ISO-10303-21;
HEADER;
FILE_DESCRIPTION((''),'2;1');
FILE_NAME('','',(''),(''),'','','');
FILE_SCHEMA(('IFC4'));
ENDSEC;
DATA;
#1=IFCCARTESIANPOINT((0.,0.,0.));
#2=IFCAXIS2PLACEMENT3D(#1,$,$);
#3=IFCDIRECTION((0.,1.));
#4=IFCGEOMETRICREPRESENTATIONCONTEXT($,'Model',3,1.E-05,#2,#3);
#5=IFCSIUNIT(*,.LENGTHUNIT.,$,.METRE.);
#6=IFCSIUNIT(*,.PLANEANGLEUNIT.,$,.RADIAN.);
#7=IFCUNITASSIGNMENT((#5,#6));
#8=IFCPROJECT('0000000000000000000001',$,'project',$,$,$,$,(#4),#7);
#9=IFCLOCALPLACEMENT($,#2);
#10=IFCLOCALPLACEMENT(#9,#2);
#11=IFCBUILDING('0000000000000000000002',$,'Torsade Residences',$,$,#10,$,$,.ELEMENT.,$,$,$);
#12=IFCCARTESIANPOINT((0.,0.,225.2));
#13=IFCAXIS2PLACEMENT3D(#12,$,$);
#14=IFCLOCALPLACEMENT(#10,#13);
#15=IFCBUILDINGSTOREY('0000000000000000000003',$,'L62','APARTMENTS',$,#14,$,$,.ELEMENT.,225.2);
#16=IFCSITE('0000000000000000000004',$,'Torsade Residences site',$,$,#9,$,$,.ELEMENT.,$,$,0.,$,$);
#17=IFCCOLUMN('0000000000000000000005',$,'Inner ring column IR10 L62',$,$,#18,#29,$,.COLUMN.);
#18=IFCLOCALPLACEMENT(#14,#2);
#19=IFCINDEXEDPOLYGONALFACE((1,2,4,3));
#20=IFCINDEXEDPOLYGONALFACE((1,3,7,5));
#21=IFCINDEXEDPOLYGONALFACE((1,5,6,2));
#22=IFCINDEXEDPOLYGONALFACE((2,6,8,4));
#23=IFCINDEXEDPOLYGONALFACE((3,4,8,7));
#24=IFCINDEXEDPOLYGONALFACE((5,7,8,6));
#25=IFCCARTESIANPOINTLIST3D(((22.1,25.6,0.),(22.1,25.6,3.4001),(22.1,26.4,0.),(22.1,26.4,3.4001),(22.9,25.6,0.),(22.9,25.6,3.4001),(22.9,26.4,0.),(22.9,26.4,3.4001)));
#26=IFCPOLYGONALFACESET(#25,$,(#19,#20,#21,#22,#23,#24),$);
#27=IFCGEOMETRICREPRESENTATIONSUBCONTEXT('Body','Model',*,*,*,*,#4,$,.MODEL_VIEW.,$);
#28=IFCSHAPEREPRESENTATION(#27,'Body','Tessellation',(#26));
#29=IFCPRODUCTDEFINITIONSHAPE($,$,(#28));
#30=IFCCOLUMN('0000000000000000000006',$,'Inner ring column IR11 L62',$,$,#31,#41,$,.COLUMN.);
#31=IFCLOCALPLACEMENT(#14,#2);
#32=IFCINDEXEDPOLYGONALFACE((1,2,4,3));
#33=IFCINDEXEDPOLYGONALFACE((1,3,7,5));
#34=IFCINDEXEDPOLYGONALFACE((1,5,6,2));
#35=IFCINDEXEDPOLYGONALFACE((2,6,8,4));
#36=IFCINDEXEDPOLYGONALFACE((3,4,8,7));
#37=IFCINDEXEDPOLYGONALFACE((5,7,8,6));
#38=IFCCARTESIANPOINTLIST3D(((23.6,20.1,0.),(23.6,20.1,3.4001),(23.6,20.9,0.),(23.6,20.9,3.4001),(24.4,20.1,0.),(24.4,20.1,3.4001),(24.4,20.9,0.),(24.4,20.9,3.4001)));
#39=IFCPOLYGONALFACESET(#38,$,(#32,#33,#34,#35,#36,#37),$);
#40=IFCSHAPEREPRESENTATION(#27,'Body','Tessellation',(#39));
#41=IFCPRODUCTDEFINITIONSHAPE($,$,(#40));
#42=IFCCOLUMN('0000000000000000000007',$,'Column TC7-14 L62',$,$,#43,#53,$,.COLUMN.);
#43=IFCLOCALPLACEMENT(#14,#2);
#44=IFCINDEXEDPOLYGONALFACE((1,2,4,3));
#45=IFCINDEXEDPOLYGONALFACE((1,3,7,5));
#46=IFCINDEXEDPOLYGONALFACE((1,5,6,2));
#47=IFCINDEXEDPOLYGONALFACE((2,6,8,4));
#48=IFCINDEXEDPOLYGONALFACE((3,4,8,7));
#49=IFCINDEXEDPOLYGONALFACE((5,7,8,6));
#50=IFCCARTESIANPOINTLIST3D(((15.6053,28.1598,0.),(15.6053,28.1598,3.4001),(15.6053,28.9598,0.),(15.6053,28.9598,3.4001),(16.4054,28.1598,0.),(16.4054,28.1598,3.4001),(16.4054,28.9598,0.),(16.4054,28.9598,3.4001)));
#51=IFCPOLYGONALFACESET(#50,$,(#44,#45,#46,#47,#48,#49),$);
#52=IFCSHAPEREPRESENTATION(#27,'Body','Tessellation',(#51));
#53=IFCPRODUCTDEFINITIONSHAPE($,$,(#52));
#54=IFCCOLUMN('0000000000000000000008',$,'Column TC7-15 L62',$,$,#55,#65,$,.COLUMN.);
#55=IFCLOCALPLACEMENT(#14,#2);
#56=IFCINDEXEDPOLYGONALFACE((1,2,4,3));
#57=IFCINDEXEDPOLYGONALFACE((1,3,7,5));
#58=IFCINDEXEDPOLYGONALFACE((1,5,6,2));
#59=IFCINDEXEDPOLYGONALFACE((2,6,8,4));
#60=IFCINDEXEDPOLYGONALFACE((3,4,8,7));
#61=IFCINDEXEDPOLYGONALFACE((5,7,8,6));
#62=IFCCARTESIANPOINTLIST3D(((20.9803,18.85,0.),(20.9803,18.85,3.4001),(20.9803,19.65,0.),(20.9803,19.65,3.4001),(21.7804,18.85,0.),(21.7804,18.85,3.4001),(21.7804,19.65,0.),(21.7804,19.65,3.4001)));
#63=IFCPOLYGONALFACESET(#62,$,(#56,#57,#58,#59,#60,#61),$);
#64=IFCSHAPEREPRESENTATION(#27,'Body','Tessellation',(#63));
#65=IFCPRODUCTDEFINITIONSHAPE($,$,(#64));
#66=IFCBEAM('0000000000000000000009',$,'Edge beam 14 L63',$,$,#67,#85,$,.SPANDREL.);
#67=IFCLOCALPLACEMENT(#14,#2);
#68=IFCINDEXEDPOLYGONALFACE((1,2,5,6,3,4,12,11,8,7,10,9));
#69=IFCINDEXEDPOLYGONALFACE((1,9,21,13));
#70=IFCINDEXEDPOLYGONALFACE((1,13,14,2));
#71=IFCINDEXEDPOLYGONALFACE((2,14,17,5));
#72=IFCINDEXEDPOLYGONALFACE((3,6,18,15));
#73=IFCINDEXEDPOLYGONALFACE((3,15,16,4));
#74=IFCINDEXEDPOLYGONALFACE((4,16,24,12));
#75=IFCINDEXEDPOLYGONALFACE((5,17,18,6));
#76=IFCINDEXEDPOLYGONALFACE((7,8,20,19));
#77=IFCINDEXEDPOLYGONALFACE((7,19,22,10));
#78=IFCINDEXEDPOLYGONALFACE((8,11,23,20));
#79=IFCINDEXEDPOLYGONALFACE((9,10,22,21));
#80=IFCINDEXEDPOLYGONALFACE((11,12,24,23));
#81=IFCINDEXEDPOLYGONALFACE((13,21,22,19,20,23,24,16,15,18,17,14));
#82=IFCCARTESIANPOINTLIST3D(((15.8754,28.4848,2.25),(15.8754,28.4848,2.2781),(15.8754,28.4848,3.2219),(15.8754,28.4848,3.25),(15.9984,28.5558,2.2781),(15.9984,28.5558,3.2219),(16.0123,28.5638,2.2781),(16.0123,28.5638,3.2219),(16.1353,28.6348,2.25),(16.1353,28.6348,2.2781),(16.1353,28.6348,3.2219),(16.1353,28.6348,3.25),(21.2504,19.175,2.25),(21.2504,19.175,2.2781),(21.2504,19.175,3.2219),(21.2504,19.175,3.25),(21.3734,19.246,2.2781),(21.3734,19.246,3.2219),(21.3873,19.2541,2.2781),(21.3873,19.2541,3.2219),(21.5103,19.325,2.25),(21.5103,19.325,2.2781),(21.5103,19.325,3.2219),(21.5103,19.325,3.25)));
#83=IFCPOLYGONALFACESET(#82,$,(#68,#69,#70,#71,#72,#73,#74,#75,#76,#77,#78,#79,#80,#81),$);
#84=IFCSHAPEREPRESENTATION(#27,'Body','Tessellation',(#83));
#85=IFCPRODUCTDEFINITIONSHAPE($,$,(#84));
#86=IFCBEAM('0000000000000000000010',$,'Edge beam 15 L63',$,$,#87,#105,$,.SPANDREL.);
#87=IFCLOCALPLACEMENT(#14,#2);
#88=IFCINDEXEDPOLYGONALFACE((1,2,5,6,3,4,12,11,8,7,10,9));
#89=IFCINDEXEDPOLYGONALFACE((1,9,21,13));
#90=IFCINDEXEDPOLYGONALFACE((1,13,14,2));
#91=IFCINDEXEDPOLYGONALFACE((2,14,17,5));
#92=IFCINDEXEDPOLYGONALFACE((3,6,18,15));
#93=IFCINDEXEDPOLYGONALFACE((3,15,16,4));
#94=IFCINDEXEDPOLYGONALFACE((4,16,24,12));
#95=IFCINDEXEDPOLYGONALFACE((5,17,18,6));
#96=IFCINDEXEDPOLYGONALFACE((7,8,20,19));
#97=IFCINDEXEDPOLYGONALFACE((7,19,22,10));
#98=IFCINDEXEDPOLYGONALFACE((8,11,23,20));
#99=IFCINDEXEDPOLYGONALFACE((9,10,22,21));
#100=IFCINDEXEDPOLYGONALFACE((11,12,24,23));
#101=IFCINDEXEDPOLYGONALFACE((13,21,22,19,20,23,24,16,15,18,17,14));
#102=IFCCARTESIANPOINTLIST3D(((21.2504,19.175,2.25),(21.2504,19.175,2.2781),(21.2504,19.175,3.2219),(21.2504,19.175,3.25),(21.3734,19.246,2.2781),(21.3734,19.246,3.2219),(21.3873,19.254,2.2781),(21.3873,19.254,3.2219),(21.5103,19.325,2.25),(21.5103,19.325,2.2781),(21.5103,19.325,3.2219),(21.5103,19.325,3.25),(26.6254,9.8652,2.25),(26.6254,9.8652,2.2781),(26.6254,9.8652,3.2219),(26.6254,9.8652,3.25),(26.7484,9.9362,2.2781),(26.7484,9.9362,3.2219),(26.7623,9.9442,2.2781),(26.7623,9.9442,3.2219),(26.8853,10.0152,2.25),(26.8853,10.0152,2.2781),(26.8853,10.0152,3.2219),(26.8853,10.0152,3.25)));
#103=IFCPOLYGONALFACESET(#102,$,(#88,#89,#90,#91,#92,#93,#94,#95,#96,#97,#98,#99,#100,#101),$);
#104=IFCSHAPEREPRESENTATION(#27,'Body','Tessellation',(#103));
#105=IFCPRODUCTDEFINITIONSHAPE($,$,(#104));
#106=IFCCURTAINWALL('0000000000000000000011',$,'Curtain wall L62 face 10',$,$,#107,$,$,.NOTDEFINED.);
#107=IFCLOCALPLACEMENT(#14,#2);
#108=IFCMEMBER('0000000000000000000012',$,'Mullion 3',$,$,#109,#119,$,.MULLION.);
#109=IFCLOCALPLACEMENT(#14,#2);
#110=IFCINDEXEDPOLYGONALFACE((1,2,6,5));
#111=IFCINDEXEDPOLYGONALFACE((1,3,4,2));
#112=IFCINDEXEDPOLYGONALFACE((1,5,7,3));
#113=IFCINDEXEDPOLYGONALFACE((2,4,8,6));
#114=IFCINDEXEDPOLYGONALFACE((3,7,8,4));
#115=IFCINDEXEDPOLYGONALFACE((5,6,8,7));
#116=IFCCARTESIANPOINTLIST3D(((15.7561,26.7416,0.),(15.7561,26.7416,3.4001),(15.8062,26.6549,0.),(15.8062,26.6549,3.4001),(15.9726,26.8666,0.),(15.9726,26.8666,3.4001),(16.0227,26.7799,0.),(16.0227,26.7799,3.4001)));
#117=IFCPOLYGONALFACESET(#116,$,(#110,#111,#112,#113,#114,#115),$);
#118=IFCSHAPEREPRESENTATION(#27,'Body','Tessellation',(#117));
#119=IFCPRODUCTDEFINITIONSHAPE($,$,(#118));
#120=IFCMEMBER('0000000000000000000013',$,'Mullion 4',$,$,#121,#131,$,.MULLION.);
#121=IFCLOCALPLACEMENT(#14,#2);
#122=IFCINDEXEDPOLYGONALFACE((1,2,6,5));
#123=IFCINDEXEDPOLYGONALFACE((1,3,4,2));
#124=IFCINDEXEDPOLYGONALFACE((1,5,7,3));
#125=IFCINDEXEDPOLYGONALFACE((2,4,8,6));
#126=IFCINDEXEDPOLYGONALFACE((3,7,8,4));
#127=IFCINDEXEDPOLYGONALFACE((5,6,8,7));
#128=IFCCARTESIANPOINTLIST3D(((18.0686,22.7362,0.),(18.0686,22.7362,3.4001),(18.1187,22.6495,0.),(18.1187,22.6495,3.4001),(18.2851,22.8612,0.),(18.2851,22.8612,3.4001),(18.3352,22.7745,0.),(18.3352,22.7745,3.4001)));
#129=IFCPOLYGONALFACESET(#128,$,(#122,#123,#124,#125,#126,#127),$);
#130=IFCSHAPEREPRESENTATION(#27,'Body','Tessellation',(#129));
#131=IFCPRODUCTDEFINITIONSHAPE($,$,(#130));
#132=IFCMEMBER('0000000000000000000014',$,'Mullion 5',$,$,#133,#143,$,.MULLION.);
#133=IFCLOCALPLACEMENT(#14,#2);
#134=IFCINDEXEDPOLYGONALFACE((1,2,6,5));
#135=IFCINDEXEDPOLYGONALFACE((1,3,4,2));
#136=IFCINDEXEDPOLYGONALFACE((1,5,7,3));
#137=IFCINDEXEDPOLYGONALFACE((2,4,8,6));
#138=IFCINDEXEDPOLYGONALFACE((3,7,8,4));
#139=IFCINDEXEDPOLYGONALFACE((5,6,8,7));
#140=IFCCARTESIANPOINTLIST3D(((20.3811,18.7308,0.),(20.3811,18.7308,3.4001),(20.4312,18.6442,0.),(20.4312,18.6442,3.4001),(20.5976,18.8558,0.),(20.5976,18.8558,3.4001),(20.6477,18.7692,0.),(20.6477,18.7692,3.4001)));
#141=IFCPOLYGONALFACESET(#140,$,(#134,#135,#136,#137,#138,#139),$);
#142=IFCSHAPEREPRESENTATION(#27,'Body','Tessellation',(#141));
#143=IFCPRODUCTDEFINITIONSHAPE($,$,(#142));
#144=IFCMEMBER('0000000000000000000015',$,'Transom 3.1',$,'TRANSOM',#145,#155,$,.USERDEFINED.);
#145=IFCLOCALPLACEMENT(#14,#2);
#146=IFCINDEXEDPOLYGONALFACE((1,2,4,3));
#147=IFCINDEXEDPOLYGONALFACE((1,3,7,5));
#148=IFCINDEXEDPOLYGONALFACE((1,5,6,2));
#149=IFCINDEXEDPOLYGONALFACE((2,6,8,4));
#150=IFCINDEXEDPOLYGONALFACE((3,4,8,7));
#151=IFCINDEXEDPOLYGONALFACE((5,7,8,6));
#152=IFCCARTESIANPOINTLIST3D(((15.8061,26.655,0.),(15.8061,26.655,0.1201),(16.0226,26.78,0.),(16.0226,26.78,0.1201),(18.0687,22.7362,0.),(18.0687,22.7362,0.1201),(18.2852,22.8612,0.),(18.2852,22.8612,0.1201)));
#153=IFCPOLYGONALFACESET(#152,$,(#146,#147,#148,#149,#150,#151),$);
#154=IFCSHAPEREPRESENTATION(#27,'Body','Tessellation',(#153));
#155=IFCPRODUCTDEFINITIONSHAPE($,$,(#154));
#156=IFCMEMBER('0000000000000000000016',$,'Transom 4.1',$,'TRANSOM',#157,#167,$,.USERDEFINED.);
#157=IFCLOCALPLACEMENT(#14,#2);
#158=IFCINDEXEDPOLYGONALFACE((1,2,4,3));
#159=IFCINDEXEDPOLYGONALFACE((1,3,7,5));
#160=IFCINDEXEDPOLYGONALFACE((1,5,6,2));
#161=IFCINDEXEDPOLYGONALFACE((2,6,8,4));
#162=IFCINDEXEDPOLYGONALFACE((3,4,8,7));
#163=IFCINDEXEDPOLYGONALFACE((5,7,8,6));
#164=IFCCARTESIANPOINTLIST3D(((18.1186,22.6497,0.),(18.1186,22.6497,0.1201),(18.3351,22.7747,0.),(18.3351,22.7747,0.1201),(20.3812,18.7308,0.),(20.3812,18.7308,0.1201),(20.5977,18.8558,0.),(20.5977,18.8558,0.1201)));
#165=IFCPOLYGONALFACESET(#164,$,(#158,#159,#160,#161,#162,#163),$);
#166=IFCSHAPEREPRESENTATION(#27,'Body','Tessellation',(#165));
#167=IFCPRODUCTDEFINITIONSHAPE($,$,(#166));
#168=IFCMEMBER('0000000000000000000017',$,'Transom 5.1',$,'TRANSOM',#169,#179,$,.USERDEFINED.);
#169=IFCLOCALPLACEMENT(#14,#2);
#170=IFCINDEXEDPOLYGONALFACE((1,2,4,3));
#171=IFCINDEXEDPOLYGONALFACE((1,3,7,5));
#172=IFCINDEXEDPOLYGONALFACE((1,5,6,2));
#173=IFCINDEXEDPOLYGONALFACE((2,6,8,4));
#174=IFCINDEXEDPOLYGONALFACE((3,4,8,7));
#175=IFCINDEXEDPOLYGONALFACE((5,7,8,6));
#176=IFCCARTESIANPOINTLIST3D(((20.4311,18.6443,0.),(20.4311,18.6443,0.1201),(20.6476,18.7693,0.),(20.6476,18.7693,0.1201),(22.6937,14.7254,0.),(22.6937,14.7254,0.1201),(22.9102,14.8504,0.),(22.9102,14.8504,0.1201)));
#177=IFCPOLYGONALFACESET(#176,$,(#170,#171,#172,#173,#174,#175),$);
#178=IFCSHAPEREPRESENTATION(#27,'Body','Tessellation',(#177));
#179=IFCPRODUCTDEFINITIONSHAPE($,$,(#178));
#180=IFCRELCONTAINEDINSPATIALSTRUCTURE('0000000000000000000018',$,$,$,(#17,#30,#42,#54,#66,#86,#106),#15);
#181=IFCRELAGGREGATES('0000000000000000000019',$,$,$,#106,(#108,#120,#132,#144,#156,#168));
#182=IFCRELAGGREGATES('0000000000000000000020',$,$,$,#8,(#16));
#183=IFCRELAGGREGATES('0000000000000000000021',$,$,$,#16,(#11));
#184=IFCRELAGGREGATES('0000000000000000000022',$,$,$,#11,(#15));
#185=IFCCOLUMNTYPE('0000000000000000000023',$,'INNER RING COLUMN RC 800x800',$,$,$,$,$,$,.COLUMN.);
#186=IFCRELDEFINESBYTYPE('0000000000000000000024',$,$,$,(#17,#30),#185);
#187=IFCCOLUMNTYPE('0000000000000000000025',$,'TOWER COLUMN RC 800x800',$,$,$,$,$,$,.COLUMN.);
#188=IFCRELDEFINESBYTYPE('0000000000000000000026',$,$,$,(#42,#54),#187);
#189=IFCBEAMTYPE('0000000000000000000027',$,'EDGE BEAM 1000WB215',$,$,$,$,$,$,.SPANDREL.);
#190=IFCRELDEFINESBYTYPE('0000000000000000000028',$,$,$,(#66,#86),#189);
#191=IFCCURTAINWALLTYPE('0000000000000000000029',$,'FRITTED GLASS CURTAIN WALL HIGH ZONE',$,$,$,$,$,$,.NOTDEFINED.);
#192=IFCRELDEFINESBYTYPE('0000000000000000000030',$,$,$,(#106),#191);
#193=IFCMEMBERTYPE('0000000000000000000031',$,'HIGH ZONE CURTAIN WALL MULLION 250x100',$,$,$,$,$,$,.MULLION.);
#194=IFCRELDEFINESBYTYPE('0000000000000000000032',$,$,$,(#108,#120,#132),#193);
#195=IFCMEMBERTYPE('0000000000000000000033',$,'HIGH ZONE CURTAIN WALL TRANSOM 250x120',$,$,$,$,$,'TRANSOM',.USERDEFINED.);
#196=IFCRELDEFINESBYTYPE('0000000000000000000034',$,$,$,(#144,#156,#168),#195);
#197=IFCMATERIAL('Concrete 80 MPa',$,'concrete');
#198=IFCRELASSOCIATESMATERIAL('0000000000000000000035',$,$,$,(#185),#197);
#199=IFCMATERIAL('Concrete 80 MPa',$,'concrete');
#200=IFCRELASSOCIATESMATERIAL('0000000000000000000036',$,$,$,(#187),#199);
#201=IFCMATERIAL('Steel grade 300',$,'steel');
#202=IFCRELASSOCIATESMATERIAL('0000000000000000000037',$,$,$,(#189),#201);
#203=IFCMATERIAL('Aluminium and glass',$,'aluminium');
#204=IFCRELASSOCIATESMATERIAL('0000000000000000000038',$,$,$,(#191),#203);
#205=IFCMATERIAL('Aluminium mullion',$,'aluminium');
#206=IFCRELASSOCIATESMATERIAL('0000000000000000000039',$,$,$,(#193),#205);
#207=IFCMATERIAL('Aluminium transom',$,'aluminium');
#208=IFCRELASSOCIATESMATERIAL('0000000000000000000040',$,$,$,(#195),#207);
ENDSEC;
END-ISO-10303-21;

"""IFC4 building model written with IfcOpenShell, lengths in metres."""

from ifc_helpers import new_model, si_unit, direction, frame, origin, origin_2d, place, context, subcontext, project, spatial, rectangle, i_section, extrude, material, material_profile, profile_set, type_object, element, aggregate, save


model = new_model("IFC4")

# Units and contexts
model_context = context("Model", 3, precision=1e-05, world=origin(), true_north=direction((0.0, 1.0)))
body_context = subcontext(model_context, "Body", "Model", "MODEL_VIEW")
ifc_project = project(units=[si_unit("LENGTHUNIT", "METRE"), si_unit("PLANEANGLEUNIT", "RADIAN")], contexts=[model_context])

# Site, building, storey
site_placement = place(None, origin())
site = spatial("IfcSite", under=ifc_project, at=site_placement, Name="Torsade Residences site", CompositionType="ELEMENT", RefElevation=0.0)
building_placement = place(site_placement, origin())
building = spatial("IfcBuilding", under=site, at=building_placement, Name="Torsade Residences", CompositionType="ELEMENT")
storey_placement = place(building_placement, frame((0.0, 0.0, 225.2)))
storey = spatial("IfcBuildingStorey", under=building, at=storey_placement, Name="L62", Description="APARTMENTS", CompositionType="ELEMENT", Elevation=225.2)

# Columns
ifc_material_1 = material(Name="Concrete 80 MPa", Category="concrete")
ifc_material_profile_1 = material_profile(ifc_material_1, rectangle(XDim=0.8, YDim=0.8, at=origin_2d()), Name="RC 800x800")
ifc_profile_set_1 = profile_set([ifc_material_profile_1], Name="Concrete 80 MPa")
column_type_1 = type_object("IfcColumnType", Name="INNER RING COLUMN RC 800x800", PredefinedType="COLUMN", material=ifc_profile_set_1)
for number, where, z_axis, x_axis, name in (
    (1, (22.5, 26.0, 0.0), (0.0, 0.0, 1.0), (1.0, 0.0, 0.0), "Inner ring column IR10 L62"),
    (2, (24.0, 20.5, 0.0), (0.0, 0.0, 1.0), (1.0, 0.0, 0.0), "Inner ring column IR11 L62"),
):
    element("IfcColumn", number, at=place(storey_placement, frame(where, z_axis=z_axis, x_axis=x_axis)), inside=storey, type_object=column_type_1, Name=name, PredefinedType="COLUMN", context=body_context, shape_type="SweptSolid", body=[
        extrude(rectangle(XDim=0.8, YDim=0.8, at=origin_2d()), origin(), (0.0, 0.0, 1.0), 3.4001),
    ])
ifc_material_2 = material(Name="Concrete 80 MPa", Category="concrete")
ifc_material_profile_2 = material_profile(ifc_material_2, rectangle(XDim=0.8, YDim=0.8, at=origin_2d()), Name="RC 800x800")
ifc_profile_set_2 = profile_set([ifc_material_profile_2], Name="Concrete 80 MPa")
column_type_2 = type_object("IfcColumnType", Name="TOWER COLUMN RC 800x800", PredefinedType="COLUMN", material=ifc_profile_set_2)
for number, where, z_axis, x_axis, name in (
    (3, (16.0054, 28.5598, 0.0), (0.0, 0.0, 1.0), (1.0, 0.0, 0.0), "Column TC7-14 L62"),
    (4, (21.3804, 19.25, 0.0), (0.0, 0.0, 1.0), (1.0, 0.0, 0.0), "Column TC7-15 L62"),
):
    element("IfcColumn", number, at=place(storey_placement, frame(where, z_axis=z_axis, x_axis=x_axis)), inside=storey, type_object=column_type_2, Name=name, PredefinedType="COLUMN", context=body_context, shape_type="SweptSolid", body=[
        extrude(rectangle(XDim=0.8, YDim=0.8, at=origin_2d()), origin(), (0.0, 0.0, 1.0), 3.4001),
    ])

# Beams
ifc_material_3 = material(Name="Steel grade 300", Category="steel")
ifc_material_profile_3 = material_profile(ifc_material_3, i_section(OverallWidth=0.3, OverallDepth=1.0, WebThickness=0.0161, FlangeThickness=0.0281, at=origin_2d()), Name="1000WB215")
ifc_profile_set_3 = profile_set([ifc_material_profile_3], Name="Steel grade 300")
beam_type_1 = type_object("IfcBeamType", Name="EDGE BEAM 1000WB215", PredefinedType="SPANDREL", material=ifc_profile_set_3)
for number, where, z_axis, x_axis, name in (
    (5, (16.0054, 28.5598, 2.75), (0.499998, -0.866026, 0.0), (0.866026, 0.499998, 0.0), "Edge beam 14 L63"),
    (6, (21.3804, 19.25, 2.75), (0.499998, -0.866026, 0.0), (0.866026, 0.499998, 0.0), "Edge beam 15 L63"),
):
    element("IfcBeam", number, at=place(storey_placement, frame(where, z_axis=z_axis, x_axis=x_axis)), inside=storey, type_object=beam_type_1, Name=name, PredefinedType="SPANDREL", context=body_context, shape_type="SweptSolid", body=[
        extrude(i_section(OverallWidth=0.3, OverallDepth=1.0, WebThickness=0.0161, FlangeThickness=0.0281, at=origin_2d()), origin(), (0.0, 0.0, 1.0), 10.75),
    ])

# Curtain wall, members
ifc_material_4 = material(Name="Aluminium and glass", Category="aluminium")
curtain_wall_type = type_object("IfcCurtainWallType", Name="FRITTED GLASS CURTAIN WALL HIGH ZONE", PredefinedType="NOTDEFINED", material=ifc_material_4)
curtain_wall_placement = place(storey_placement, origin())
curtain_wall = element("IfcCurtainWall", 7, at=curtain_wall_placement, inside=storey, type_object=curtain_wall_type, Name="Curtain wall L62 face 10", PredefinedType="NOTDEFINED")
ifc_material_5 = material(Name="Aluminium mullion", Category="aluminium")
ifc_material_profile_4 = material_profile(ifc_material_5, rectangle(XDim=0.25, YDim=0.1001, at=origin_2d()), Name="HIGH ZONE CURTAIN WALL MULLION 250x100")
ifc_profile_set_4 = profile_set([ifc_material_profile_4], Name="Aluminium mullion")
member_type_1 = type_object("IfcMemberType", Name="HIGH ZONE CURTAIN WALL MULLION 250x100", PredefinedType="MULLION", material=ifc_profile_set_4)
member_1_placement = place(storey_placement, frame((15.8894, 26.7607, 0.0), z_axis=(0.0, 0.0, 1.0), x_axis=(0.866025, 0.5, 0.0)))
member_1 = element("IfcMember", 8, at=member_1_placement, type_object=member_type_1, Name="Mullion 3", PredefinedType="MULLION", context=body_context, shape_type="SweptSolid", body=[
    extrude(rectangle(XDim=0.25, YDim=0.1001, at=origin_2d()), origin(), (0.0, 0.0, 1.0), 3.4001),
])
member_2_placement = place(storey_placement, frame((18.2019, 22.7554, 0.0), z_axis=(0.0, 0.0, 1.0), x_axis=(0.866025, 0.5, 0.0)))
member_2 = element("IfcMember", 9, at=member_2_placement, type_object=member_type_1, Name="Mullion 4", PredefinedType="MULLION", context=body_context, shape_type="SweptSolid", body=[
    extrude(rectangle(XDim=0.25, YDim=0.1001, at=origin_2d()), origin(), (0.0, 0.0, 1.0), 3.4001),
])
member_3_placement = place(storey_placement, frame((20.5144, 18.75, 0.0), z_axis=(0.0, 0.0, 1.0), x_axis=(0.866025, 0.5, 0.0)))
member_3 = element("IfcMember", 10, at=member_3_placement, type_object=member_type_1, Name="Mullion 5", PredefinedType="MULLION", context=body_context, shape_type="SweptSolid", body=[
    extrude(rectangle(XDim=0.25, YDim=0.1001, at=origin_2d()), origin(), (0.0, 0.0, 1.0), 3.4001),
])
ifc_material_6 = material(Name="Aluminium transom", Category="aluminium")
ifc_material_profile_5 = material_profile(ifc_material_6, rectangle(XDim=0.25, YDim=0.1201, at=origin_2d()), Name="HIGH ZONE CURTAIN WALL TRANSOM 250x120")
ifc_profile_set_5 = profile_set([ifc_material_profile_5], Name="Aluminium transom")
member_type_2 = type_object("IfcMemberType", Name="HIGH ZONE CURTAIN WALL TRANSOM 250x120", ElementType="TRANSOM", PredefinedType="USERDEFINED", material=ifc_profile_set_5)
member_4_placement = place(storey_placement, frame((15.9143, 26.7175, 0.0601), z_axis=(0.500015, -0.866017, 0.0), x_axis=(0.866017, 0.500015, 0.0)))
member_4 = element("IfcMember", 11, at=member_4_placement, type_object=member_type_2, Name="Transom 3.1", ObjectType="TRANSOM", PredefinedType="USERDEFINED", context=body_context, shape_type="SweptSolid", body=[
    extrude(rectangle(XDim=0.25, YDim=0.1201, at=origin_2d()), origin(), (0.0, 0.0, 1.0), 4.5251),
])
member_5_placement = place(storey_placement, frame((18.2268, 22.7122, 0.0601), z_axis=(0.500015, -0.866017, 0.0), x_axis=(0.866017, 0.500015, 0.0)))
member_5 = element("IfcMember", 12, at=member_5_placement, type_object=member_type_2, Name="Transom 4.1", ObjectType="TRANSOM", PredefinedType="USERDEFINED", context=body_context, shape_type="SweptSolid", body=[
    extrude(rectangle(XDim=0.25, YDim=0.1201, at=origin_2d()), origin(), (0.0, 0.0, 1.0), 4.5251),
])
member_6_placement = place(storey_placement, frame((20.5393, 18.7068, 0.0601), z_axis=(0.500015, -0.866017, 0.0), x_axis=(0.866017, 0.500015, 0.0)))
member_6 = element("IfcMember", 13, at=member_6_placement, type_object=member_type_2, Name="Transom 5.1", ObjectType="TRANSOM", PredefinedType="USERDEFINED", context=body_context, shape_type="SweptSolid", body=[
    extrude(rectangle(XDim=0.25, YDim=0.1201, at=origin_2d()), origin(), (0.0, 0.0, 1.0), 4.5251),
])

aggregate(curtain_wall, [member_1, member_2, member_3, member_4, member_5, member_6])

save(model, "model.ifc")
